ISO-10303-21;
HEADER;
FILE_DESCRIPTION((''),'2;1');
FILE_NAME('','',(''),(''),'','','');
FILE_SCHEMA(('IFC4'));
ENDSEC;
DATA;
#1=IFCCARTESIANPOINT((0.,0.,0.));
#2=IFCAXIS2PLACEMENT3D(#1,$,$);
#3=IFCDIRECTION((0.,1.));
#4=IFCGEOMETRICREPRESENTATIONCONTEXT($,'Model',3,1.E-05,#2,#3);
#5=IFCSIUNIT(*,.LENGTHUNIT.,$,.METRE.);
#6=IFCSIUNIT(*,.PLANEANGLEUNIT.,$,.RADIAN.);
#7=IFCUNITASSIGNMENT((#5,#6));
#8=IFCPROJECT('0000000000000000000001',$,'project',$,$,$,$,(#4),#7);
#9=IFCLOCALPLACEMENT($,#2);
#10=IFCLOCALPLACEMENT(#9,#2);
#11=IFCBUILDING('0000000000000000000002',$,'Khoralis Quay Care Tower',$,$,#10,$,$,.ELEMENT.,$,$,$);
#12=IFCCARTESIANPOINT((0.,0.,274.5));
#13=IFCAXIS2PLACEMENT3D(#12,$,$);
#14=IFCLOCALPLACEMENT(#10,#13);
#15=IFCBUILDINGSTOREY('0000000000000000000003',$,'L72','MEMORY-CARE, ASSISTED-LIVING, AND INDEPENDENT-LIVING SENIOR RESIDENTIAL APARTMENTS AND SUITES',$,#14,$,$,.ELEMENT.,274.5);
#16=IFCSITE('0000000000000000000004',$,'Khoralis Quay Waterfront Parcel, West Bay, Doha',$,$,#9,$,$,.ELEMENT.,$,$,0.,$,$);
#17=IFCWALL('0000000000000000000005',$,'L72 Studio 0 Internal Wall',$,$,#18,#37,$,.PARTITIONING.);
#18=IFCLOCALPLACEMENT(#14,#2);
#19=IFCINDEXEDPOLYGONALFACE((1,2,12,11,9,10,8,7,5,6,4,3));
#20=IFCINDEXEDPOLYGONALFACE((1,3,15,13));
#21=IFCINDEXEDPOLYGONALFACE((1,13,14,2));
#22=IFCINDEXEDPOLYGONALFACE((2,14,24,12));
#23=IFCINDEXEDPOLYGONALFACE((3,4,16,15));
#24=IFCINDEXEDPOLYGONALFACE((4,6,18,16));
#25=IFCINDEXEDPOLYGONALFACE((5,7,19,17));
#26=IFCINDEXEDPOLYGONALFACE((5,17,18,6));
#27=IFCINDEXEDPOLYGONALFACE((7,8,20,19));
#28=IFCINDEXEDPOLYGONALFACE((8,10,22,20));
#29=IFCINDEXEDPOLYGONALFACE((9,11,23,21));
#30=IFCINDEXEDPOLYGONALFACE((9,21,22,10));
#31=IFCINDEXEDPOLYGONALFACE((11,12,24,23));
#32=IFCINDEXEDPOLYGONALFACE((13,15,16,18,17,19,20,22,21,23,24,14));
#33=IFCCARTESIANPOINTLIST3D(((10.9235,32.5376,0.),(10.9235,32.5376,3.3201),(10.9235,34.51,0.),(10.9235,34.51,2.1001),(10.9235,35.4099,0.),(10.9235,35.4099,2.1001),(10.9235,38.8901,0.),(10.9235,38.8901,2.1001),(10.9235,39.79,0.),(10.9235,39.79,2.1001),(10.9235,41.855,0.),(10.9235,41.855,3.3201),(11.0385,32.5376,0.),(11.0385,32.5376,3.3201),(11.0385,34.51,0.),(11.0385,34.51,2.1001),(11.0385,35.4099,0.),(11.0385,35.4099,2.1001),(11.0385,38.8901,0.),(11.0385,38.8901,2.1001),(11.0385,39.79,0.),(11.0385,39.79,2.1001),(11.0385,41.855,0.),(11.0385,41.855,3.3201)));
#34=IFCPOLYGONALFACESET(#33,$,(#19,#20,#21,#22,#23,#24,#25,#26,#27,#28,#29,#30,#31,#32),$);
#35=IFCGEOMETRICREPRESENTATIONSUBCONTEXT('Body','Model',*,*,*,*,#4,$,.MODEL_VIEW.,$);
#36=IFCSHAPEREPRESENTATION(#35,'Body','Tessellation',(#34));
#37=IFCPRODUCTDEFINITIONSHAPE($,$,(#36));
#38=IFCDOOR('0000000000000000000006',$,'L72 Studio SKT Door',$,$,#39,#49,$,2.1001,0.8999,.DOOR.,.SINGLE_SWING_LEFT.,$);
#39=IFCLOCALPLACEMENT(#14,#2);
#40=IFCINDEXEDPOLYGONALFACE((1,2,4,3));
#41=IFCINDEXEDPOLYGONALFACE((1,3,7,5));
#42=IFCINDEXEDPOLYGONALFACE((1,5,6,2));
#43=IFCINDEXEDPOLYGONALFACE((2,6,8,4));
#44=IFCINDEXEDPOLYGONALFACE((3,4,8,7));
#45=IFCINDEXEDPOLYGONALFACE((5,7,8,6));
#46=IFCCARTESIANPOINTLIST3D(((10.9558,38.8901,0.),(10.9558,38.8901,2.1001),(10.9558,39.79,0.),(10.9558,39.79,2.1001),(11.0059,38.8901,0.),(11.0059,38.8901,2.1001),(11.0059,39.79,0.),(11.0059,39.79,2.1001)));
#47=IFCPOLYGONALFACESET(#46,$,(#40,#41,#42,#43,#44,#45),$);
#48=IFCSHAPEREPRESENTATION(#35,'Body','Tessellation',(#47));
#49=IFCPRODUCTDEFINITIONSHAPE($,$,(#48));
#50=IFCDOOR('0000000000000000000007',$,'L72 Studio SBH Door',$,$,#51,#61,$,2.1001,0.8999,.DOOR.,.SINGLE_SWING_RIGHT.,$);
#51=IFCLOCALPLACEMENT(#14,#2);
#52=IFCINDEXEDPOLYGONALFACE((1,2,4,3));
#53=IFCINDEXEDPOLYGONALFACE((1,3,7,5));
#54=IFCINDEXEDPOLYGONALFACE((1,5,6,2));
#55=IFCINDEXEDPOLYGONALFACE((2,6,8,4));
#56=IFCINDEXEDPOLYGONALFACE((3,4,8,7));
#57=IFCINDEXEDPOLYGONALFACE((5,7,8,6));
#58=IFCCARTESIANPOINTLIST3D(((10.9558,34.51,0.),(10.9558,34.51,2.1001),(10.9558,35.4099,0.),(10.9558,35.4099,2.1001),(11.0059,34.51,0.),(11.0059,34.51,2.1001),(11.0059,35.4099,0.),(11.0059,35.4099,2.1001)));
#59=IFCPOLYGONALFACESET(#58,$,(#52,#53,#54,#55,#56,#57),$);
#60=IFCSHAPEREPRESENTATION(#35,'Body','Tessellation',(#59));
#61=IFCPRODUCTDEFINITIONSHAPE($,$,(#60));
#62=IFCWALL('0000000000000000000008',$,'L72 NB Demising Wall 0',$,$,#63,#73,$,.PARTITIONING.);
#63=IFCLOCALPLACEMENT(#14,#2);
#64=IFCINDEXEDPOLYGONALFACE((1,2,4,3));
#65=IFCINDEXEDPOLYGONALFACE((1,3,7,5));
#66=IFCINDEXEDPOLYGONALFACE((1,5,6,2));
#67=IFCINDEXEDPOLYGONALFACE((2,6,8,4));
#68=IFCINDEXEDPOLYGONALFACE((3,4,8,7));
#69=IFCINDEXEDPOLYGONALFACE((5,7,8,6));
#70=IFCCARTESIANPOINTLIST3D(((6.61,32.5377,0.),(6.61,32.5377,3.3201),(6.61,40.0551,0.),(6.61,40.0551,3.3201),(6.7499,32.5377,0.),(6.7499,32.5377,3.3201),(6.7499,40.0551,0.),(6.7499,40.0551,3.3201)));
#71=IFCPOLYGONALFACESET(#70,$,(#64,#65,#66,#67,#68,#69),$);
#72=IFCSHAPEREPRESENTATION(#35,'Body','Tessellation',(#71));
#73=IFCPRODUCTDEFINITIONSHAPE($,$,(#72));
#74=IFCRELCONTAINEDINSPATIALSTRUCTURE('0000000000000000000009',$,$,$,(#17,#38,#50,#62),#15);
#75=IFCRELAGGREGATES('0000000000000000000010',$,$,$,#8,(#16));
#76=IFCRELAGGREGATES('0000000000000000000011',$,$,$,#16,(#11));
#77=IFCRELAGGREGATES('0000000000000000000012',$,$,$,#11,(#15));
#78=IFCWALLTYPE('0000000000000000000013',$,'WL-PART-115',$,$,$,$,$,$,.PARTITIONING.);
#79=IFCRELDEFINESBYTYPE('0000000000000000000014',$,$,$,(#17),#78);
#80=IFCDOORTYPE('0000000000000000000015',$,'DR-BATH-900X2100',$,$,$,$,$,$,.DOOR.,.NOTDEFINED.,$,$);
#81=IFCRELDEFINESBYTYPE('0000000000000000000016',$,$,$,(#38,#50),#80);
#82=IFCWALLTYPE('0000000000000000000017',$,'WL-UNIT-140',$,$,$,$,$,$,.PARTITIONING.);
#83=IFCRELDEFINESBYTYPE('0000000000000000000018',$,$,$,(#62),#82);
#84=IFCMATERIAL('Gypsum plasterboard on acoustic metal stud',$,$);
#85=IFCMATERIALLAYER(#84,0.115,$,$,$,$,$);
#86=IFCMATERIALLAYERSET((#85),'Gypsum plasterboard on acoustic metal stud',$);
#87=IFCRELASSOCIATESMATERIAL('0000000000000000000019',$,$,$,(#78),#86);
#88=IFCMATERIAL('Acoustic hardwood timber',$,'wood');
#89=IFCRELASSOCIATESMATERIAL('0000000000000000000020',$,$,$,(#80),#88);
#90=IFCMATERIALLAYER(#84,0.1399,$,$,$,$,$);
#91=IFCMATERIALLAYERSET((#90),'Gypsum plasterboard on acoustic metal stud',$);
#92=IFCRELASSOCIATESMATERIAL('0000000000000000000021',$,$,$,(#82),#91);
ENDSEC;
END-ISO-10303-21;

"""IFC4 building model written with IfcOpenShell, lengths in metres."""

from ifc_helpers import new_model, si_unit, direction, frame, frame_2d, origin, place, context, subcontext, project, spatial, rectangle, extrude, source, transform, mapped, material, layer, layer_set, type_object, element, fill, save


model = new_model("IFC4")

# Units and contexts
model_context = context("Model", 3, precision=1e-05, world=origin(), true_north=direction((0.0, 1.0)))
body_context = subcontext(model_context, "Body", "Model", "MODEL_VIEW")
ifc_project = project(units=[si_unit("LENGTHUNIT", "METRE"), si_unit("PLANEANGLEUNIT", "RADIAN")], contexts=[model_context])

# Site, building, storey
site_placement = place(None, origin())
site = spatial("IfcSite", under=ifc_project, at=site_placement, Name="Khoralis Quay Waterfront Parcel, West Bay, Doha", CompositionType="ELEMENT", RefElevation=0.0)
building_placement = place(site_placement, origin())
building = spatial("IfcBuilding", under=site, at=building_placement, Name="Khoralis Quay Care Tower", CompositionType="ELEMENT")
storey_placement = place(building_placement, frame((0.0, 0.0, 274.5)))
storey = spatial("IfcBuildingStorey", under=building, at=storey_placement, Name="L72", Description="MEMORY-CARE, ASSISTED-LIVING, AND INDEPENDENT-LIVING SENIOR RESIDENTIAL APARTMENTS AND SUITES", CompositionType="ELEMENT", Elevation=274.5)

# Shared definitions
ifc_material_1 = material(Name="Gypsum plasterboard on acoustic metal stud")

# Wall, openings, doors
ifc_material_2 = material(Name="Acoustic hardwood timber", Category="wood")
ifc_layer_1 = layer(ifc_material_1, 0.115)
ifc_layer_set_1 = layer_set([ifc_layer_1], Name="Gypsum plasterboard on acoustic metal stud")
wall_type_1 = type_object("IfcWallType", Name="WL-PART-115", PredefinedType="PARTITIONING", material=ifc_layer_set_1)
wall_1_placement = place(storey_placement, frame((10.981, 32.5376, 0.0), z_axis=(0.0, 0.0, 1.0), x_axis=(0.0, 1.0, 0.0)))
wall_1 = element("IfcWall", 1, at=wall_1_placement, inside=storey, type_object=wall_type_1, Name="L72 Studio 0 Internal Wall", PredefinedType="PARTITIONING", context=body_context, shape_type="SweptSolid", body=[
    extrude(rectangle(XDim=9.3174, YDim=0.115, at=frame_2d((4.6587, 0.0))), origin(), (0.0, 0.0, 1.0), 3.3201),
])
opening_1_placement = place(wall_1_placement, frame((6.3525, 0.0, 0.0)))
opening_1 = element("IfcOpeningElement", 2, at=opening_1_placement, cuts=wall_1, PredefinedType="OPENING", context=body_context, shape_type="SweptSolid", body=[
    extrude(rectangle(XDim=0.8999, YDim=2.1001, at=frame_2d((0.45, 1.05))), frame((0.0, 0.0674, 0.0), z_axis=(0.0, -1.0, 0.0), x_axis=(1.0, 0.0, 0.0)), (0.0, 0.0, 1.0), 0.135),
])
opening_2_placement = place(wall_1_placement, frame((1.9724, 0.0, 0.0)))
opening_2 = element("IfcOpeningElement", 3, at=opening_2_placement, cuts=wall_1, PredefinedType="OPENING", context=body_context, shape_type="SweptSolid", body=[
    extrude(rectangle(XDim=0.8999, YDim=2.1001, at=frame_2d((0.45, 1.05))), frame((0.0, 0.0674, 0.0), z_axis=(0.0, -1.0, 0.0), x_axis=(1.0, 0.0, 0.0)), (0.0, 0.0, 1.0), 0.135),
])
door_type_1 = type_object("IfcDoorType", Name="DR-BATH-900X2100", OperationType="NOTDEFINED", PredefinedType="DOOR", material=ifc_material_2)
shared_shape_1 = source(origin(), body_context, "Body", "SweptSolid", [
    extrude(rectangle(XDim=0.8999, YDim=2.1001, at=frame_2d((0.45, 1.05))), frame((0.0, 0.0249, 0.0), z_axis=(0.0, -1.0, 0.0), x_axis=(1.0, 0.0, 0.0)), (0.0, 0.0, 1.0), 0.05),
])
door_1_placement = place(opening_1_placement, frame((0.8999, 0.0, 0.0), z_axis=(0.0, 0.0, 1.0), x_axis=(-1.0, 0.0, 0.0)))
door_1 = element("IfcDoor", 4, at=door_1_placement, inside=storey, type_object=door_type_1, Name="L72 Studio SKT Door", OperationType="SINGLE_SWING_LEFT", OverallHeight=2.1001, OverallWidth=0.8999, PredefinedType="DOOR", context=body_context, shape_type="MappedRepresentation", body=[
    mapped(shared_shape_1, transform((0.0, 0.0, 0.0), scale=1.0)),
])
fill(opening_1, door_1)
door_2_placement = place(opening_2_placement, frame((0.8999, 0.0, 0.0), z_axis=(0.0, 0.0, 1.0), x_axis=(-1.0, 0.0, 0.0)))
door_2 = element("IfcDoor", 5, at=door_2_placement, inside=storey, type_object=door_type_1, Name="L72 Studio SBH Door", OperationType="SINGLE_SWING_RIGHT", OverallHeight=2.1001, OverallWidth=0.8999, PredefinedType="DOOR", context=body_context, shape_type="MappedRepresentation", body=[
    mapped(shared_shape_1, transform((0.0, 0.0, 0.0), scale=1.0)),
])
fill(opening_2, door_2)

# Wall
ifc_layer_2 = layer(ifc_material_1, 0.1399)
ifc_layer_set_2 = layer_set([ifc_layer_2], Name="Gypsum plasterboard on acoustic metal stud")
wall_type_2 = type_object("IfcWallType", Name="WL-UNIT-140", PredefinedType="PARTITIONING", material=ifc_layer_set_2)
wall_2_placement = place(storey_placement, frame((6.6799, 32.5376, 0.0), z_axis=(0.0, 0.0, 1.0), x_axis=(0.0, 1.0, 0.0)))
element("IfcWall", 6, at=wall_2_placement, inside=storey, type_object=wall_type_2, Name="L72 NB Demising Wall 0", PredefinedType="PARTITIONING", context=body_context, shape_type="SweptSolid", body=[
    extrude(rectangle(XDim=7.5173, YDim=0.1399, at=frame_2d((3.7588, 0.0))), origin(), (0.0, 0.0, 1.0), 3.3201),
])

save(model, "model.ifc")
